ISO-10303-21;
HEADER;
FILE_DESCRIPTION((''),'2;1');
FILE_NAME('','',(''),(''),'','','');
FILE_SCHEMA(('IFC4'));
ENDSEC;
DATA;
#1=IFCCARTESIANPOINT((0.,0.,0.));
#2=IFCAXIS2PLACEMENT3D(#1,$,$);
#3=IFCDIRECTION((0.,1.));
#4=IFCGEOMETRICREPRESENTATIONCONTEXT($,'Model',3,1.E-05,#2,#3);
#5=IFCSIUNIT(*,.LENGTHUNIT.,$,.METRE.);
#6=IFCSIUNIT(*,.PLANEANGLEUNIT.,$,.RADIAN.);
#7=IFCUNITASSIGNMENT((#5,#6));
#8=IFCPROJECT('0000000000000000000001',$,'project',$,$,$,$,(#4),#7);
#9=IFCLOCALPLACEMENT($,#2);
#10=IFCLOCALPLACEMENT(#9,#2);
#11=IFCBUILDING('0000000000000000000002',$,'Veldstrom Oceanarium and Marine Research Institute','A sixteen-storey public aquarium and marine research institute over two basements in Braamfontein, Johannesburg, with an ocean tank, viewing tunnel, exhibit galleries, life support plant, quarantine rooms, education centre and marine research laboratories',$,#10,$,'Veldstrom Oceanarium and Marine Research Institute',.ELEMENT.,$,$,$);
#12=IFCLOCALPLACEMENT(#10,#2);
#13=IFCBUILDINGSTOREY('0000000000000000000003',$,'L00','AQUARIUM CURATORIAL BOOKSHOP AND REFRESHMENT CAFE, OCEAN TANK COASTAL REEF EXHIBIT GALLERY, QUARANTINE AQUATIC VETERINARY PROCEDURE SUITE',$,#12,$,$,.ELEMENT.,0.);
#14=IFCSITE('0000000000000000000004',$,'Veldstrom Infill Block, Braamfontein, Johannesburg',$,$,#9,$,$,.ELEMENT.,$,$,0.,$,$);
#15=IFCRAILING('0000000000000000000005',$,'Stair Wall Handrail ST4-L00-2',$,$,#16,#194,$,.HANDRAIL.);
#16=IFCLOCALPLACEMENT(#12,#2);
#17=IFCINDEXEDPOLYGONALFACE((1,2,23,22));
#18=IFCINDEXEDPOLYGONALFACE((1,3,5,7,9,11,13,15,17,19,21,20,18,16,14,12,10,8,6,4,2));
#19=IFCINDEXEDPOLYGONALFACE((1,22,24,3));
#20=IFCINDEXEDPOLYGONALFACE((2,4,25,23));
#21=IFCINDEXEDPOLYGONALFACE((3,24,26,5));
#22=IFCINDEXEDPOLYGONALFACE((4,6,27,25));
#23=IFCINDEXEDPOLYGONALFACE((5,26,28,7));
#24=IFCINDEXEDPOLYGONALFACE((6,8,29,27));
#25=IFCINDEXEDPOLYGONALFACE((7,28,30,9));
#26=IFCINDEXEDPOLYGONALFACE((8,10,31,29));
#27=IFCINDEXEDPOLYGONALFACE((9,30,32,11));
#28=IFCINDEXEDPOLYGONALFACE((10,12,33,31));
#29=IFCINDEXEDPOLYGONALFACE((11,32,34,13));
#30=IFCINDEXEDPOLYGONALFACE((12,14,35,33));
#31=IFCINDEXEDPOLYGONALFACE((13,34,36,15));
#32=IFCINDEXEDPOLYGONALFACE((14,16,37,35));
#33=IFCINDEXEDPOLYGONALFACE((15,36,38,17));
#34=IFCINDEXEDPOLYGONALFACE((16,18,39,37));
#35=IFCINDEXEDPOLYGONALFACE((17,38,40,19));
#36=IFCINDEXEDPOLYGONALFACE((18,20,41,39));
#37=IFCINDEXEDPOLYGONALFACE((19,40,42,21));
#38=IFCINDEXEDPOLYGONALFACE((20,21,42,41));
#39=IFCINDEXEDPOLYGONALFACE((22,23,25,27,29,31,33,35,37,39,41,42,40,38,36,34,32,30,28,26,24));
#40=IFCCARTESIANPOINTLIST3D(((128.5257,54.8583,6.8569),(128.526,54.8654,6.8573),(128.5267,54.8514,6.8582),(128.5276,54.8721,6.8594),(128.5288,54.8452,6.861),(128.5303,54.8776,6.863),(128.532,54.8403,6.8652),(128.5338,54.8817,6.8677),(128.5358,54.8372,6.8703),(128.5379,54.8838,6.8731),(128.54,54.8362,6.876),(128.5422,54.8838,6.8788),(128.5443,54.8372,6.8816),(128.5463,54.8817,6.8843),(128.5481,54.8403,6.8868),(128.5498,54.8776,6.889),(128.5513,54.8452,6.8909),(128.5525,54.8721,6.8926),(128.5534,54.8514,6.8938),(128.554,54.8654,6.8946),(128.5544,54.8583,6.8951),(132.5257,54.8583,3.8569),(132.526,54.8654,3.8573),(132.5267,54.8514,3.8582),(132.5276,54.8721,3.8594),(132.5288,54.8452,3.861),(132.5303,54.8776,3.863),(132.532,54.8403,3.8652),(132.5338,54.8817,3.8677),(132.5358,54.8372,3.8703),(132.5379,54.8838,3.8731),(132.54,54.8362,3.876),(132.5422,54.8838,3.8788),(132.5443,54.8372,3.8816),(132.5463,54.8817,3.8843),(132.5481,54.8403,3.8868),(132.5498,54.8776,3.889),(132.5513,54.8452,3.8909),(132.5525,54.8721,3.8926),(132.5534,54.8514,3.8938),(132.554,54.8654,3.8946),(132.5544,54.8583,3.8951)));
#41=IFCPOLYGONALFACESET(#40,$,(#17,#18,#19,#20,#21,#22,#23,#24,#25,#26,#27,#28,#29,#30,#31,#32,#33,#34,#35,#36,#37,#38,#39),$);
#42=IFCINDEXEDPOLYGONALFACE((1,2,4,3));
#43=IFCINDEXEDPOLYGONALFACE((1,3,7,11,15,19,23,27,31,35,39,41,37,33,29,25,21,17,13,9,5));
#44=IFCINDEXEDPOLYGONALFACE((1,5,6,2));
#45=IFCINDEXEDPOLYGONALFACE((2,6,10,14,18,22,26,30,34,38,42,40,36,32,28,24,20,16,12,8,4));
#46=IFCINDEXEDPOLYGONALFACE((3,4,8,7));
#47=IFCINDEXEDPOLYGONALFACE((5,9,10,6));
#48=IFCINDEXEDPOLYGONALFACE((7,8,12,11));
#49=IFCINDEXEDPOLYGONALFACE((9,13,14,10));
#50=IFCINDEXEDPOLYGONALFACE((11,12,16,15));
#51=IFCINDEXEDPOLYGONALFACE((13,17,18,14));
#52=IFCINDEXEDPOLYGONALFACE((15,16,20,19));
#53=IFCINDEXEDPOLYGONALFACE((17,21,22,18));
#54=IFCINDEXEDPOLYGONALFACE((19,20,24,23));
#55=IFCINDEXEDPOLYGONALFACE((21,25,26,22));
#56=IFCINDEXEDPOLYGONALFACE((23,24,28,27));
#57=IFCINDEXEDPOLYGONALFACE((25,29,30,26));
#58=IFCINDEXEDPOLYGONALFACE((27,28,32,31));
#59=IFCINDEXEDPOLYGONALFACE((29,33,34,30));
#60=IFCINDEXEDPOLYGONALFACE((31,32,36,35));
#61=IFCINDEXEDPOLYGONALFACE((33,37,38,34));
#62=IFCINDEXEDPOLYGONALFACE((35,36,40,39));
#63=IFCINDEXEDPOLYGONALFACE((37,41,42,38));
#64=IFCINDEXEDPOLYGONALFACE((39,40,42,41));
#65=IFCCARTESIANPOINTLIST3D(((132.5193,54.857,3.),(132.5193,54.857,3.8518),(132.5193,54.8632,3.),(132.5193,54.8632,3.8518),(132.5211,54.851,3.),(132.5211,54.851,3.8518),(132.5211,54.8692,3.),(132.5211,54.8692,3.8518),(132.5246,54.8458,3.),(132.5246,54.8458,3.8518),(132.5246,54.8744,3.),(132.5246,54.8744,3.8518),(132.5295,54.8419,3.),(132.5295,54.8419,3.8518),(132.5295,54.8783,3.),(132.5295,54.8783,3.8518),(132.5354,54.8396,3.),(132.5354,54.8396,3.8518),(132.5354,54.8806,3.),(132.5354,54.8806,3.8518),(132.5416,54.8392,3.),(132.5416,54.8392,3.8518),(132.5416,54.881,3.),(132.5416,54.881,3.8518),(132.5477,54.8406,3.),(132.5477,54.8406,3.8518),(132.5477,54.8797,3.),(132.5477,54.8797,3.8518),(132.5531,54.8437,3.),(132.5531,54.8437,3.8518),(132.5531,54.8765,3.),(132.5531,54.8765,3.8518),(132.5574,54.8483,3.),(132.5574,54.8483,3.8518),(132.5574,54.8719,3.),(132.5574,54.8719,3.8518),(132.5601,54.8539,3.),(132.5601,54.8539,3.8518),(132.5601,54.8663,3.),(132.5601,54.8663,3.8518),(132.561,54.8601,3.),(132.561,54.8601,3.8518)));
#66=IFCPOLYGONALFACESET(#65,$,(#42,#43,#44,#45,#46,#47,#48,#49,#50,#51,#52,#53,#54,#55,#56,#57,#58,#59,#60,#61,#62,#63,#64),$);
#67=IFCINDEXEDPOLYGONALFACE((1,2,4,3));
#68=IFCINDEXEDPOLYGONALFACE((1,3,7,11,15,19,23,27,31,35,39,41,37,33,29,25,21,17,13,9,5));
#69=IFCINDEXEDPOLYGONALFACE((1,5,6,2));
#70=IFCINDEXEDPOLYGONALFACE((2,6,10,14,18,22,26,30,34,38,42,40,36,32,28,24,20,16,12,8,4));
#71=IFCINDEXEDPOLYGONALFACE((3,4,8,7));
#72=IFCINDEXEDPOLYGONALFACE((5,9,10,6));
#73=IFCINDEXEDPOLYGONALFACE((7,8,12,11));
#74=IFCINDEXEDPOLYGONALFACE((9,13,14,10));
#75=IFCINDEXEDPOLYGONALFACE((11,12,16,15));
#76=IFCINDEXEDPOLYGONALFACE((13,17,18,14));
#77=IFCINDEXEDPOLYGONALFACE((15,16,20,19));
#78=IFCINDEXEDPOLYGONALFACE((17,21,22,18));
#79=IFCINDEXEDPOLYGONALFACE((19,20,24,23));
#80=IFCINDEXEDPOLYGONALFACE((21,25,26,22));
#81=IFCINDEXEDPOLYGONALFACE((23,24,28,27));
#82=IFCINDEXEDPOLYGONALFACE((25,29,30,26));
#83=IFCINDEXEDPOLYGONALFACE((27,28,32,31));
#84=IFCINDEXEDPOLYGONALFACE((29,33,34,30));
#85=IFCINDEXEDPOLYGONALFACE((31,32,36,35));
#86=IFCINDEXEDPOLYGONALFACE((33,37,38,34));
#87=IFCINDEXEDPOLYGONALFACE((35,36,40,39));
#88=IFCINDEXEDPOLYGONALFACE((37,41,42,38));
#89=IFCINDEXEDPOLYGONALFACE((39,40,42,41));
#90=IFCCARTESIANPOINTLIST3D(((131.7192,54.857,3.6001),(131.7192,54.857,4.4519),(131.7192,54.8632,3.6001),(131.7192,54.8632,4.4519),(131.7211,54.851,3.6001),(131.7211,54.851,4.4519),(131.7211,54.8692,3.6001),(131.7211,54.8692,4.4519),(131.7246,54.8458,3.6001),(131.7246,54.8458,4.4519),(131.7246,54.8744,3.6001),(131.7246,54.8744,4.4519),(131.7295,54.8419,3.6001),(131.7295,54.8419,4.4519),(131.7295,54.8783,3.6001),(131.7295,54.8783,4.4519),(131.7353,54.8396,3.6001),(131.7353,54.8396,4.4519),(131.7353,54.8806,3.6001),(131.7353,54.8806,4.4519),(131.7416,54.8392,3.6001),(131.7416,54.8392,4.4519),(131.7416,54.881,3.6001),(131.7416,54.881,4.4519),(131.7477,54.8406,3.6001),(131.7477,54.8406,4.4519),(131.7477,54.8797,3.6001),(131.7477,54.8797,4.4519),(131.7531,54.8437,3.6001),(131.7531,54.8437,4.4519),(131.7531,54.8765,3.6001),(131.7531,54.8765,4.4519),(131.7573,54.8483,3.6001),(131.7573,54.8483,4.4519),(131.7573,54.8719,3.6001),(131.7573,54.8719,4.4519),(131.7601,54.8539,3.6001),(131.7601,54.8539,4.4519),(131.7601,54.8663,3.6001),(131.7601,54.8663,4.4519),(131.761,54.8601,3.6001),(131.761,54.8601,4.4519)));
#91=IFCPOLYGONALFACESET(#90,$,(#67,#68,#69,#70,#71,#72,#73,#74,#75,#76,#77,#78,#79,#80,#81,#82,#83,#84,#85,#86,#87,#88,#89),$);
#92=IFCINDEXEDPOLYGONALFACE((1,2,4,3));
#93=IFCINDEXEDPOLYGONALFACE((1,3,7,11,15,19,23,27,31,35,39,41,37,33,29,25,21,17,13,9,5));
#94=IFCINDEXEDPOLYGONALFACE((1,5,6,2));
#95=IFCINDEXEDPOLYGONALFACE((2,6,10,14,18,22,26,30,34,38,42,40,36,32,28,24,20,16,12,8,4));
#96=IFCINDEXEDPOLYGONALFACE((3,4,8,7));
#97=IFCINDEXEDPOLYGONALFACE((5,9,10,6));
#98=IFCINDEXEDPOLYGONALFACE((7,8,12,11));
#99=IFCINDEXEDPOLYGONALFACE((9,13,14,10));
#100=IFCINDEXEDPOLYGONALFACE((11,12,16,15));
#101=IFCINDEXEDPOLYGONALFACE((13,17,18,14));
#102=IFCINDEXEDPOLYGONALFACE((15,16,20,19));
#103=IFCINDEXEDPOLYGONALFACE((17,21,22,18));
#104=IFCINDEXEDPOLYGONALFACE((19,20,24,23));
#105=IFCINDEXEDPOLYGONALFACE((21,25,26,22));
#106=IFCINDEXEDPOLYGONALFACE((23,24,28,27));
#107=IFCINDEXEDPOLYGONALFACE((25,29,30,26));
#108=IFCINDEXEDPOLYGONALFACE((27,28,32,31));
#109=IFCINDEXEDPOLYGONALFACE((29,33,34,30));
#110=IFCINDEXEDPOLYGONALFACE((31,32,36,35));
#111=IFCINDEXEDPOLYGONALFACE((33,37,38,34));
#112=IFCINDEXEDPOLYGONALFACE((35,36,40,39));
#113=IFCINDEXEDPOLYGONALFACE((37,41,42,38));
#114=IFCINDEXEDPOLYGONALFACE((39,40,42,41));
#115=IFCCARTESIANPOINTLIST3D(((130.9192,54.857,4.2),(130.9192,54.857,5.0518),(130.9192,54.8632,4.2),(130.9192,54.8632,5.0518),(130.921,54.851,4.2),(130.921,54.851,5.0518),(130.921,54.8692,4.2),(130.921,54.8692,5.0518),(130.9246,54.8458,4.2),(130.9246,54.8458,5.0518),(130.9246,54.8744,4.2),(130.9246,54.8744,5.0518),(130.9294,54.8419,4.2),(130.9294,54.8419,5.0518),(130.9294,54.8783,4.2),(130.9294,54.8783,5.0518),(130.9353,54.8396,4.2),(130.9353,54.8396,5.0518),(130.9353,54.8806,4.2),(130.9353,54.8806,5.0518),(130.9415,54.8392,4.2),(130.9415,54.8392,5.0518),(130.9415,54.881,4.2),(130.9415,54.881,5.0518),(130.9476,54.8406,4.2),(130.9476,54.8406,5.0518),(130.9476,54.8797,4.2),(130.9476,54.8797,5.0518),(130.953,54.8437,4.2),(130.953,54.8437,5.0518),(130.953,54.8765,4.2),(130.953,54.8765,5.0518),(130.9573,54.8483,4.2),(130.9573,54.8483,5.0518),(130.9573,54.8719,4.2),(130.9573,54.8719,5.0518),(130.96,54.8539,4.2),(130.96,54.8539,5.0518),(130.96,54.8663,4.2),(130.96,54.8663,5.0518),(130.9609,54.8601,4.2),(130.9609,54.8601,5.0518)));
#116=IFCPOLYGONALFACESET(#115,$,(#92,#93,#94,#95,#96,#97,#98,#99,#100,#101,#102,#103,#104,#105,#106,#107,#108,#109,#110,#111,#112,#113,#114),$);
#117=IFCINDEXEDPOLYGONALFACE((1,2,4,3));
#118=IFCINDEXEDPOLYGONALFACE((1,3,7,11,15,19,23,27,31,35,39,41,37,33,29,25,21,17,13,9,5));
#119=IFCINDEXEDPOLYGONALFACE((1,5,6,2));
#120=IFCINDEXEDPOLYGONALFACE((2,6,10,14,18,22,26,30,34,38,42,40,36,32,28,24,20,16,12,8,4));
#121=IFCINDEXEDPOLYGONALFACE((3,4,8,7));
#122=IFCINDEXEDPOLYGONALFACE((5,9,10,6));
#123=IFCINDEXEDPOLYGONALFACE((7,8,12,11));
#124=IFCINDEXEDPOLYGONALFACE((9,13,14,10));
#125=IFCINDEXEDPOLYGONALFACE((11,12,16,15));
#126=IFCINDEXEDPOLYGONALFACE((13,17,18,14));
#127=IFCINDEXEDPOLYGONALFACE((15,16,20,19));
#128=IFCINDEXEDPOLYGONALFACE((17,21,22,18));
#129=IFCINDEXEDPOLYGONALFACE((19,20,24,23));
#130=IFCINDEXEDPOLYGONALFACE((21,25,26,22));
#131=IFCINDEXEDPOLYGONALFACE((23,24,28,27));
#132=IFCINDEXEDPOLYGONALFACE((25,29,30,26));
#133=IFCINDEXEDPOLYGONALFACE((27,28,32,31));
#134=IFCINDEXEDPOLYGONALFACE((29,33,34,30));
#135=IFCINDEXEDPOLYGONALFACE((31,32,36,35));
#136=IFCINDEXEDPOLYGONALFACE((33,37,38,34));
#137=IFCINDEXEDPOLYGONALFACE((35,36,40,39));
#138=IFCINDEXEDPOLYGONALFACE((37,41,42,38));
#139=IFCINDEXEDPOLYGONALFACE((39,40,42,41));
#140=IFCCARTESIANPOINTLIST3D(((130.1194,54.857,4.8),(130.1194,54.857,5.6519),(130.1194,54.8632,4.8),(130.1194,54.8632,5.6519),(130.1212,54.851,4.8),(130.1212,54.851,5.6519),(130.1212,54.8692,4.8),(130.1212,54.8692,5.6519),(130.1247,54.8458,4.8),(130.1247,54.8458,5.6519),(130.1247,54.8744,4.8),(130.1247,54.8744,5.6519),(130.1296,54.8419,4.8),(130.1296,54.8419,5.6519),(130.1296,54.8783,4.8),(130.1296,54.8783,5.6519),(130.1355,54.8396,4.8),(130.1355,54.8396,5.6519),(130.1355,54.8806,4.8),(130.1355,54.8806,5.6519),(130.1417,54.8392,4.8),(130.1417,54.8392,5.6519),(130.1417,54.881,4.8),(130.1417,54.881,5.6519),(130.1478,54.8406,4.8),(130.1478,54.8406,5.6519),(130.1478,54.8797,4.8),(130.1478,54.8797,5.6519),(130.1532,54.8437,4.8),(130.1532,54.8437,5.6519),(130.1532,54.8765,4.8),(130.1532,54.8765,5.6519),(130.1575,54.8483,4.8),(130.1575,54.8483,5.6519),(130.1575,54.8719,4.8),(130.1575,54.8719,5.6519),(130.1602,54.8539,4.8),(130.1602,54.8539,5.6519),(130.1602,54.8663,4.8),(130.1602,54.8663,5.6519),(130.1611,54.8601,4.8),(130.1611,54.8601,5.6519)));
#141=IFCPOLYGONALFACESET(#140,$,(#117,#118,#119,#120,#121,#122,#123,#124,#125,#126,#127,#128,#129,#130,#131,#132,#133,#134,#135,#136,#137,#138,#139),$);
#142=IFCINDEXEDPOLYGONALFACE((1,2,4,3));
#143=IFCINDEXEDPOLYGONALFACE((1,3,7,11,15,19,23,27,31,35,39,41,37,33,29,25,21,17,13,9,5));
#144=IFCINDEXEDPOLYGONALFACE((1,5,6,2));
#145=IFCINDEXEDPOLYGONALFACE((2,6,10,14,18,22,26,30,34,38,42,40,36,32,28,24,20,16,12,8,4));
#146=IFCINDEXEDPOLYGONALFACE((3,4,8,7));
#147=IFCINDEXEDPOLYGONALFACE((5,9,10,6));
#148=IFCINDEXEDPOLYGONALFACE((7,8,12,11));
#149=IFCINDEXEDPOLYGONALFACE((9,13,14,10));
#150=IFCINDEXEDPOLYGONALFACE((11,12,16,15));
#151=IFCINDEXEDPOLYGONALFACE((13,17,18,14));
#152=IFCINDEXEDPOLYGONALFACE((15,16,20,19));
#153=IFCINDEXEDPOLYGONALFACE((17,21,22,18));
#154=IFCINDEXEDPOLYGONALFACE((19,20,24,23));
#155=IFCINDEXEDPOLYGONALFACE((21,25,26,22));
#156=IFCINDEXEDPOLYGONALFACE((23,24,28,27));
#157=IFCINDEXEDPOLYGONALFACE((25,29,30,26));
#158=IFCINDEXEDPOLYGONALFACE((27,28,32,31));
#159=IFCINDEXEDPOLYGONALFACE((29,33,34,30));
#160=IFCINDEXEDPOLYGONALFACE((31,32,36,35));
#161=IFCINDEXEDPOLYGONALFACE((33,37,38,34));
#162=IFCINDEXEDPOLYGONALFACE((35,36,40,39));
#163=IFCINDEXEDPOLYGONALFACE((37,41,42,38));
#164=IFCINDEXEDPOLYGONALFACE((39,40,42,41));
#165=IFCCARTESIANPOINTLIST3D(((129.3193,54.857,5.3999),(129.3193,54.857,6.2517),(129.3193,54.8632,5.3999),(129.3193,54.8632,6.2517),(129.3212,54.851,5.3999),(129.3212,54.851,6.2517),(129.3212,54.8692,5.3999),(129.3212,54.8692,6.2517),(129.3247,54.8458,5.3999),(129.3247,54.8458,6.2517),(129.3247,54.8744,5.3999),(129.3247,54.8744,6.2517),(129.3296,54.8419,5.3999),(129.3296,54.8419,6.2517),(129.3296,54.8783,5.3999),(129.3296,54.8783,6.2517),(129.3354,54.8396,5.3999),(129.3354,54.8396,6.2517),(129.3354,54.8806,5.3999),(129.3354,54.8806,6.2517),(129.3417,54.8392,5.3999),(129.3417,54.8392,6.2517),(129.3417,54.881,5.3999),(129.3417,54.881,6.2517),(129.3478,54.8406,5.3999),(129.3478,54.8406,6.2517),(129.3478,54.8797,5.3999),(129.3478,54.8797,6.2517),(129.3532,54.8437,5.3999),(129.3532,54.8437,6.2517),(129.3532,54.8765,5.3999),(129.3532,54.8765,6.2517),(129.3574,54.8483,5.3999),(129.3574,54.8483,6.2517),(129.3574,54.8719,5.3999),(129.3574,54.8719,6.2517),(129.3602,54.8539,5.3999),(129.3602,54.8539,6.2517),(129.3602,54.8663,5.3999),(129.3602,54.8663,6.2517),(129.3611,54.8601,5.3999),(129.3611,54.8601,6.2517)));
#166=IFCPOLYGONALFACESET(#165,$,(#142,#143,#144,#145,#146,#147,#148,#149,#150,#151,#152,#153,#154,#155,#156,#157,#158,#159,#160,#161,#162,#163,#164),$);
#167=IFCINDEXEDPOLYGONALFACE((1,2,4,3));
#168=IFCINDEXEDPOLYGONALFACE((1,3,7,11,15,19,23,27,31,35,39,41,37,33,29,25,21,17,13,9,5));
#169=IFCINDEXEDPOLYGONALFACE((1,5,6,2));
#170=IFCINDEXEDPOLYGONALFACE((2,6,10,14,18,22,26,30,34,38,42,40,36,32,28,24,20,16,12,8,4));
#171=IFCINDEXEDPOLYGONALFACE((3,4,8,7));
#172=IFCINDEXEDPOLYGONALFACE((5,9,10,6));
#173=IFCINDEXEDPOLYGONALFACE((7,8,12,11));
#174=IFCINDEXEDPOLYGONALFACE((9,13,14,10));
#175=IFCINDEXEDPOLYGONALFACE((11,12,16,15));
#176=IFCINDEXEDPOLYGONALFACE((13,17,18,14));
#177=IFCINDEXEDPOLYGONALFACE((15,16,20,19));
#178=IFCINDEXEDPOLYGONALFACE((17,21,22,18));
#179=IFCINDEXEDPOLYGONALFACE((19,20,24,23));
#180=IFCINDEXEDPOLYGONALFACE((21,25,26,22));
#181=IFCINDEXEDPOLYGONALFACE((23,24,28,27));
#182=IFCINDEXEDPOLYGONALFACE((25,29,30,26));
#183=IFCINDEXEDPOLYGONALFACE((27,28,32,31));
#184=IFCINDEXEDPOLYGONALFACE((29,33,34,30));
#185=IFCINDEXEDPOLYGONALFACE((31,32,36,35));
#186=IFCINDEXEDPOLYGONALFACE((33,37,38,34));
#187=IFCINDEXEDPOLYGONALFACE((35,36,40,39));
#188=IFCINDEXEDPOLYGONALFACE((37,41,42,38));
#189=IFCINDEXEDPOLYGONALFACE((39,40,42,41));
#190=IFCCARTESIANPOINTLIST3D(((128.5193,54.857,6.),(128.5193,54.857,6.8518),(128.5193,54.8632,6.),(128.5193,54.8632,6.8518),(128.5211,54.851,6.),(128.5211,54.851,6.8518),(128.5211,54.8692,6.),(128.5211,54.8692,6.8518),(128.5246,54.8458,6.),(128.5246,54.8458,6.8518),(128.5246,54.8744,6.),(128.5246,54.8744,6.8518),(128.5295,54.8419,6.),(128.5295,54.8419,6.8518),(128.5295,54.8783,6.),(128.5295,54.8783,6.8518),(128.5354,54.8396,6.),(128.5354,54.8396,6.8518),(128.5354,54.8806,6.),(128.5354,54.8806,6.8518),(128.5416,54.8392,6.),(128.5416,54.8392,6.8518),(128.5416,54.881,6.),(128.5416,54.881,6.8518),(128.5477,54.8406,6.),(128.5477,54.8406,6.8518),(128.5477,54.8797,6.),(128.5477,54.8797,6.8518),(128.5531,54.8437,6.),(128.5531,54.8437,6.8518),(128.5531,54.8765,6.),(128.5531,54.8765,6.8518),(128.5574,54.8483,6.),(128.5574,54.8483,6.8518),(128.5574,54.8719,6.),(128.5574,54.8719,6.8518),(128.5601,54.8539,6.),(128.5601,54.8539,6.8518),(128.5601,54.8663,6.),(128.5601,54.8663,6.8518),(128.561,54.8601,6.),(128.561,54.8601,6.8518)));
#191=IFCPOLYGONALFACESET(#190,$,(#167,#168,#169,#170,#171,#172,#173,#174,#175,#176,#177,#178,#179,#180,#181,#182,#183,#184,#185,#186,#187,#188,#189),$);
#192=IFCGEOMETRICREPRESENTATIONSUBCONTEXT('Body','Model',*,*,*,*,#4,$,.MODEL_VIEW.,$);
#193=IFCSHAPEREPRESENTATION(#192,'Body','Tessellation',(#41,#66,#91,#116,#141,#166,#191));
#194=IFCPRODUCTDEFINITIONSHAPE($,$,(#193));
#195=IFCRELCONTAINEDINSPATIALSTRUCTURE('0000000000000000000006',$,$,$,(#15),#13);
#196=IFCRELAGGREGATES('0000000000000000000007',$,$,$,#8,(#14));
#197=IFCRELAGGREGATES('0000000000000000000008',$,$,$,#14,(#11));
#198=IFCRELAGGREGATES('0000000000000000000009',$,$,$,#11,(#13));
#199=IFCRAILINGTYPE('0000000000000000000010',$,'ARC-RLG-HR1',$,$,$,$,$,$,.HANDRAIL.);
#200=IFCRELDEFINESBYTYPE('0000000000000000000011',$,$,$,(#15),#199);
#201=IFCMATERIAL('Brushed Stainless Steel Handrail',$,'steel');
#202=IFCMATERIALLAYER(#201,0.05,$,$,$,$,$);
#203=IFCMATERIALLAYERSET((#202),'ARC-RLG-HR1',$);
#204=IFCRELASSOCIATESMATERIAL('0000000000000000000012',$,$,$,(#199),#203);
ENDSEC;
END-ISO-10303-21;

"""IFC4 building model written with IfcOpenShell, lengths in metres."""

from ifc_helpers import new_model, si_unit, direction, frame, origin, origin_2d, place, context, subcontext, project, spatial, circle, extrude, material, layer, layer_set, type_object, element, save


model = new_model("IFC4")

# Units and contexts
model_context = context("Model", 3, precision=1e-05, world=origin(), true_north=direction((0.0, 1.0)))
body_context = subcontext(model_context, "Body", "Model", "MODEL_VIEW")
ifc_project = project(units=[si_unit("LENGTHUNIT", "METRE"), si_unit("PLANEANGLEUNIT", "RADIAN")], contexts=[model_context])

# Site, building, storey
site_placement = place(None, origin())
site = spatial("IfcSite", under=ifc_project, at=site_placement, Name="Veldstrom Infill Block, Braamfontein, Johannesburg", CompositionType="ELEMENT", RefElevation=0.0)
building_placement = place(site_placement, origin())
building = spatial("IfcBuilding", under=site, at=building_placement, Name="Veldstrom Oceanarium and Marine Research Institute", Description="A sixteen-storey public aquarium and marine research institute over two basements in Braamfontein, Johannesburg, with an ocean tank, viewing tunnel, exhibit galleries, life support plant, quarantine rooms, education centre and marine research laboratories", LongName="Veldstrom Oceanarium and Marine Research Institute", CompositionType="ELEMENT")
storey_placement = place(building_placement, origin())
storey = spatial("IfcBuildingStorey", under=building, at=storey_placement, Name="L00", Description="AQUARIUM CURATORIAL BOOKSHOP AND REFRESHMENT CAFE, OCEAN TANK COASTAL REEF EXHIBIT GALLERY, QUARANTINE AQUATIC VETERINARY PROCEDURE SUITE", CompositionType="ELEMENT", Elevation=0.0)

# Railing
ifc_material_1 = material(Name="Brushed Stainless Steel Handrail", Category="steel")
ifc_layer_1 = layer(ifc_material_1, 0.05)
ifc_layer_set_1 = layer_set([ifc_layer_1], Name="ARC-RLG-HR1")
railing_type_1 = type_object("IfcRailingType", Name="ARC-RLG-HR1", PredefinedType="HANDRAIL", material=ifc_layer_set_1)
railing_1_placement = place(storey_placement, frame((132.54, 54.8601, 3.0)))
element("IfcRailing", 1, at=railing_1_placement, inside=storey, type_object=railing_type_1, Name="Stair Wall Handrail ST4-L00-2", PredefinedType="HANDRAIL", context=body_context, shape_type="SweptSolid", body=[
    extrude(circle(Radius=0.0239, at=origin_2d()), frame((0.0, 0.0, 0.876), z_axis=(-0.8, 0.0, 0.6), x_axis=(0.0, -1.0, 0.0)), (0.0, 0.0, 1.0), 5.0),
    extrude(circle(Radius=0.021, at=origin_2d()), origin(), (0.0, 0.0, 1.0), 0.8518),
    extrude(circle(Radius=0.021, at=origin_2d()), frame((-0.8, 0.0, 0.6001)), (0.0, 0.0, 1.0), 0.8518),
    extrude(circle(Radius=0.021, at=origin_2d()), frame((-1.6001, 0.0, 1.2)), (0.0, 0.0, 1.0), 0.8518),
    extrude(circle(Radius=0.021, at=origin_2d()), frame((-2.3999, 0.0, 1.8)), (0.0, 0.0, 1.0), 0.8518),
    extrude(circle(Radius=0.021, at=origin_2d()), frame((-3.2, 0.0, 2.3999)), (0.0, 0.0, 1.0), 0.8518),
    extrude(circle(Radius=0.021, at=origin_2d()), frame((-4.0, 0.0, 3.0)), (0.0, 0.0, 1.0), 0.8518),
])

save(model, "model.ifc")
